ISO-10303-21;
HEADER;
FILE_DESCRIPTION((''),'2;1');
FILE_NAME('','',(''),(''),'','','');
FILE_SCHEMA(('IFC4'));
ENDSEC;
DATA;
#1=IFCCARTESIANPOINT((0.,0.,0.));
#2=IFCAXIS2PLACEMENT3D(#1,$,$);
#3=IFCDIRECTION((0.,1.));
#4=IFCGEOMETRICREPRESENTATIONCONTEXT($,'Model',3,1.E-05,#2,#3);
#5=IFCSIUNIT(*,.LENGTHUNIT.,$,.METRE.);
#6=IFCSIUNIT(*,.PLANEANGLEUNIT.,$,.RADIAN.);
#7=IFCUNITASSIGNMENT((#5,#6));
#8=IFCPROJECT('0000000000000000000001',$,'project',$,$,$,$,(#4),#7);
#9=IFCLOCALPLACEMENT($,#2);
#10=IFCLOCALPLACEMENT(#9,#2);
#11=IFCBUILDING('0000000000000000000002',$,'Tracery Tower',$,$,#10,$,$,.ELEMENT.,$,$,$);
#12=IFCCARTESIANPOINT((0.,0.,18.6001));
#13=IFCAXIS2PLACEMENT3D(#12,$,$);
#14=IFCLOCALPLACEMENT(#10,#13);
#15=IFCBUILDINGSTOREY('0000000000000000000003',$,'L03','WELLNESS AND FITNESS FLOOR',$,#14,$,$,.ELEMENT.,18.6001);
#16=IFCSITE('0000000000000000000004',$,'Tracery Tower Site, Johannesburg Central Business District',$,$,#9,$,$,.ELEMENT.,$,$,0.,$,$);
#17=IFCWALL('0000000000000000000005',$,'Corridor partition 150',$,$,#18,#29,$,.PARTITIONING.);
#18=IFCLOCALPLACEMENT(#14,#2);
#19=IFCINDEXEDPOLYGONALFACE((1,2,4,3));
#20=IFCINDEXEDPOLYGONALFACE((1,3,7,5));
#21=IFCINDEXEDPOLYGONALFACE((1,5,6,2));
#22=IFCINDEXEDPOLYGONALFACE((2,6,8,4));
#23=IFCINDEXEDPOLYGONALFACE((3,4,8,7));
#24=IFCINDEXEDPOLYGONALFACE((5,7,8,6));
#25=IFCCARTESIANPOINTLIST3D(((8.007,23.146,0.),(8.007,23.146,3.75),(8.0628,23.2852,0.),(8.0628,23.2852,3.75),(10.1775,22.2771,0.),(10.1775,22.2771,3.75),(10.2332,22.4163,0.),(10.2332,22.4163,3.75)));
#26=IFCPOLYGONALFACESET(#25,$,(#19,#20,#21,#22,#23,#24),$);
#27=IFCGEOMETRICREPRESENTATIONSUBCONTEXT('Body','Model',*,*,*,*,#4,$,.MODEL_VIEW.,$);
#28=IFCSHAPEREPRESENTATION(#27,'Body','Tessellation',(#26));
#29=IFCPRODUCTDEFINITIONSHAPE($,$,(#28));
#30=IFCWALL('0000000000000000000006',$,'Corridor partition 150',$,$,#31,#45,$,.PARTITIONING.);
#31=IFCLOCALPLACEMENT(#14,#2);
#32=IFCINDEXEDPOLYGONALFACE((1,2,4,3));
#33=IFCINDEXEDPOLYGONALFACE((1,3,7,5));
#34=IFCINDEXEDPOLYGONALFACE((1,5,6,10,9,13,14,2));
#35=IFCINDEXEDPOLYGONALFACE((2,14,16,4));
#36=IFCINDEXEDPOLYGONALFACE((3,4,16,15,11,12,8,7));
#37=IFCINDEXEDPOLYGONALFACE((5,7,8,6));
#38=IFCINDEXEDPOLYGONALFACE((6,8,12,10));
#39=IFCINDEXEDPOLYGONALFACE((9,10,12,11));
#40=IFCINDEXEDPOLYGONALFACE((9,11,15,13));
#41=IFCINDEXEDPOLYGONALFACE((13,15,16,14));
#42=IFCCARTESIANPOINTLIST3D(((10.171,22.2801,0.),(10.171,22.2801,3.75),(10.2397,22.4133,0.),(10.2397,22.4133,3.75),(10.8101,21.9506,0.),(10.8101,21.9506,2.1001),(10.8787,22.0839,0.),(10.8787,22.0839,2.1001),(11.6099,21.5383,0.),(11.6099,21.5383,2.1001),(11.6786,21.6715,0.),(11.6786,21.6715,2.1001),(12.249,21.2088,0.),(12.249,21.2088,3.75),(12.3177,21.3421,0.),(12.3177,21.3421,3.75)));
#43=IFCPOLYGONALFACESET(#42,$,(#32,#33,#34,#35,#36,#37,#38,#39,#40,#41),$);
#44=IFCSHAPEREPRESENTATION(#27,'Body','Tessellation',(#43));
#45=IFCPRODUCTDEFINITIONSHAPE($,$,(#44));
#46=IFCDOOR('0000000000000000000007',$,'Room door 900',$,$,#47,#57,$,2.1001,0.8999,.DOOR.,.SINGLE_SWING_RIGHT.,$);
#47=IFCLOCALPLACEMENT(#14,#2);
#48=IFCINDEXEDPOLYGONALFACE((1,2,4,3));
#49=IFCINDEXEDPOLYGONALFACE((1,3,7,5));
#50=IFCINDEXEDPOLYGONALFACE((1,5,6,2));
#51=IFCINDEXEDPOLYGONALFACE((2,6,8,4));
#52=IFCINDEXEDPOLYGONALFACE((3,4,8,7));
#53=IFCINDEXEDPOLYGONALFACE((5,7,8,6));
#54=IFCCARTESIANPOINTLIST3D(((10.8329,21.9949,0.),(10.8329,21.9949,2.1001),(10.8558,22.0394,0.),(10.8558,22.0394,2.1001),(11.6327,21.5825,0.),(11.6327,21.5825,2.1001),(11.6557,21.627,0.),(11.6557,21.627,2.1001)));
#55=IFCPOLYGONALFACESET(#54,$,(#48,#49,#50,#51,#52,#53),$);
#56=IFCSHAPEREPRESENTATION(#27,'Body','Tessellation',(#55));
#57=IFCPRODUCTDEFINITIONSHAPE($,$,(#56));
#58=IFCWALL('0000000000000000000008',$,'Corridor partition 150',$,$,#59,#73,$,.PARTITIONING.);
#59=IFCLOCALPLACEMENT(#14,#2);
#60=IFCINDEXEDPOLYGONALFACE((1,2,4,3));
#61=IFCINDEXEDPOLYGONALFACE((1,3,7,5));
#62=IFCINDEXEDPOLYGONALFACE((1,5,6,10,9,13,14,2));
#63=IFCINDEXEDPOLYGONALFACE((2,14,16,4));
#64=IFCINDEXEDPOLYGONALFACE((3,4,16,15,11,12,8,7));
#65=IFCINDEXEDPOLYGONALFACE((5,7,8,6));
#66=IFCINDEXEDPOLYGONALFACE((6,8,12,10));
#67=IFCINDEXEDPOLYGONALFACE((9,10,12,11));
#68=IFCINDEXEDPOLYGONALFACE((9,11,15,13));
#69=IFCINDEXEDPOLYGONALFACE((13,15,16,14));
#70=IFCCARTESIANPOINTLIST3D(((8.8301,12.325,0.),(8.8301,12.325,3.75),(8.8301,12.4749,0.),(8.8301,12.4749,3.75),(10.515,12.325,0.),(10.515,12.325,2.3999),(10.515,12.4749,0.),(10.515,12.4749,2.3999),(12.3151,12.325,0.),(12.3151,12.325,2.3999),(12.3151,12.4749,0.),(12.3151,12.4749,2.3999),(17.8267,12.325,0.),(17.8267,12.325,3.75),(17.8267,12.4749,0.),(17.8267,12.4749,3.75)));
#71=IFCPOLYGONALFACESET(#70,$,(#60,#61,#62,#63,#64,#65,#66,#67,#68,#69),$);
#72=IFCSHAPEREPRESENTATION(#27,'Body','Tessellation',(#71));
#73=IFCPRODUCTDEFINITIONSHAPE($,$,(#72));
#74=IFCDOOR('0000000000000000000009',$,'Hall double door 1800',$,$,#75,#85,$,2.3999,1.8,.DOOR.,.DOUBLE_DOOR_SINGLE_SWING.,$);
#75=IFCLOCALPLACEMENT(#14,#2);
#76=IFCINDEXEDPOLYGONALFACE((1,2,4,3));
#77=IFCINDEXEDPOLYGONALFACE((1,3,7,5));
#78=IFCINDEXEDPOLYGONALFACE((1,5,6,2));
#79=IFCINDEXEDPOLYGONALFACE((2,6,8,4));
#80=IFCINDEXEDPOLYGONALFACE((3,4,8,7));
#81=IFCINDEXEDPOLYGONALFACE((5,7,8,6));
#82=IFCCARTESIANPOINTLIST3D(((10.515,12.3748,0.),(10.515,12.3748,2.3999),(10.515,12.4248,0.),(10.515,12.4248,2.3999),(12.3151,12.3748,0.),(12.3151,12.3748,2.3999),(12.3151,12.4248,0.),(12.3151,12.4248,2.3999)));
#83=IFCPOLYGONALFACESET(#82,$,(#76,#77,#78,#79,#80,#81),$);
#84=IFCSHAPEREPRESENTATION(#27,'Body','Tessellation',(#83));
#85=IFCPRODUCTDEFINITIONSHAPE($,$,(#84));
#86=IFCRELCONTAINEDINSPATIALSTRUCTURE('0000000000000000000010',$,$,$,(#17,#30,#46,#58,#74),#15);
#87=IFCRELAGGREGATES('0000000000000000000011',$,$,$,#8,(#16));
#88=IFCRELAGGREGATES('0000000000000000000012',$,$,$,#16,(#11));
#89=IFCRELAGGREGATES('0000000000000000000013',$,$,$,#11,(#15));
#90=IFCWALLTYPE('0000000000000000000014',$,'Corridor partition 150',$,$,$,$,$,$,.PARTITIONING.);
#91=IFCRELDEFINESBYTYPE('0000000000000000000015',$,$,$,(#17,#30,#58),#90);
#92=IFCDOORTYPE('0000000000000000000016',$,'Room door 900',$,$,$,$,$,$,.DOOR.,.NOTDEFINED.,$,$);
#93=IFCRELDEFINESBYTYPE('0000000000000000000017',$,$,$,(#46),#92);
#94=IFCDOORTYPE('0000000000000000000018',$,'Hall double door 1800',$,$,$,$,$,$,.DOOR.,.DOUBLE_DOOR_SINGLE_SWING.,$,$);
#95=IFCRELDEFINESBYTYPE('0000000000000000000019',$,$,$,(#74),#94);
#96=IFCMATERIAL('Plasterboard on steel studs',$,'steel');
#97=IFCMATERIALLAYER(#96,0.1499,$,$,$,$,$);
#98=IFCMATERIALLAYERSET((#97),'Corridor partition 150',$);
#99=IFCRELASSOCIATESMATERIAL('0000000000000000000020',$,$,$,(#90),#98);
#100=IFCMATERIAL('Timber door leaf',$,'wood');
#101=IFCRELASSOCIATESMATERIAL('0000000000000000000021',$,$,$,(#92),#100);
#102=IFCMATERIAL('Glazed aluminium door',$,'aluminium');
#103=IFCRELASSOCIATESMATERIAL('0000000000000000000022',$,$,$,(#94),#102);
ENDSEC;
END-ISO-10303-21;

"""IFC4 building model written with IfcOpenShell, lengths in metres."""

from ifc_helpers import new_model, si_unit, direction, frame, frame_2d, origin, place, context, subcontext, project, spatial, rectangle, extrude, material, layer, layer_set, type_object, element, fill, save


model = new_model("IFC4")

# Units and contexts
model_context = context("Model", 3, precision=1e-05, world=origin(), true_north=direction((0.0, 1.0)))
body_context = subcontext(model_context, "Body", "Model", "MODEL_VIEW")
ifc_project = project(units=[si_unit("LENGTHUNIT", "METRE"), si_unit("PLANEANGLEUNIT", "RADIAN")], contexts=[model_context])

# Site, building, storey
site_placement = place(None, origin())
site = spatial("IfcSite", under=ifc_project, at=site_placement, Name="Tracery Tower Site, Johannesburg Central Business District", CompositionType="ELEMENT", RefElevation=0.0)
building_placement = place(site_placement, origin())
building = spatial("IfcBuilding", under=site, at=building_placement, Name="Tracery Tower", CompositionType="ELEMENT")
storey_placement = place(building_placement, frame((0.0, 0.0, 18.6001)))
storey = spatial("IfcBuildingStorey", under=building, at=storey_placement, Name="L03", Description="WELLNESS AND FITNESS FLOOR", CompositionType="ELEMENT", Elevation=18.6001)

# Shared definitions
ifc_material_1 = material(Name="Plasterboard on steel studs", Category="steel")
ifc_layer = layer(ifc_material_1, 0.1499)
ifc_layer_set = layer_set([ifc_layer], Name="Corridor partition 150")
wall_type = type_object("IfcWallType", Name="Corridor partition 150", PredefinedType="PARTITIONING", material=ifc_layer_set)
ifc_material_2 = material(Name="Timber door leaf", Category="wood")
door_type_1 = type_object("IfcDoorType", Name="Room door 900", OperationType="NOTDEFINED", PredefinedType="DOOR", material=ifc_material_2)

# Wall
wall_1_placement = place(storey_placement, frame((10.2053, 22.3467, 0.0), z_axis=(0.0, 0.0, 1.0), x_axis=(-0.928369, 0.371661, 0.0)))
element("IfcWall", 1, at=wall_1_placement, inside=storey, type_object=wall_type, Name="Corridor partition 150", PredefinedType="PARTITIONING", context=body_context, shape_type="SweptSolid", body=[
    extrude(rectangle(XDim=2.3379, YDim=0.1499, at=frame_2d((1.1689, 0.0))), origin(), (0.0, 0.0, 1.0), 3.75),
])

# Walls, openings, doors
wall_2_placement = place(storey_placement, frame((10.2053, 22.3467, 0.0), z_axis=(0.0, 0.0, 1.0), x_axis=(0.888846, -0.458207, 0.0)))
wall_2 = element("IfcWall", 2, at=wall_2_placement, inside=storey, type_object=wall_type, Name="Corridor partition 150", PredefinedType="PARTITIONING", context=body_context, shape_type="SweptSolid", body=[
    extrude(rectangle(XDim=2.3379, YDim=0.1499, at=frame_2d((1.1689, 0.0))), origin(), (0.0, 0.0, 1.0), 3.75),
])
opening_1_placement = place(wall_2_placement, frame((0.719, 0.0, 0.0)))
opening_1 = element("IfcOpeningElement", 3, at=opening_1_placement, cuts=wall_2, PredefinedType="OPENING", context=body_context, shape_type="SweptSolid", body=[
    extrude(rectangle(XDim=0.8999, YDim=2.1001, at=frame_2d((0.45, 1.05))), frame((0.0, 0.075, 0.0), z_axis=(0.0, -1.0, 0.0), x_axis=(1.0, 0.0, 0.0)), (0.0, 0.0, 1.0), 0.1499),
])
door_1_placement = place(opening_1_placement, origin())
door_1 = element("IfcDoor", 4, at=door_1_placement, inside=storey, type_object=door_type_1, Name="Room door 900", OperationType="SINGLE_SWING_RIGHT", OverallHeight=2.1001, OverallWidth=0.8999, PredefinedType="DOOR", context=body_context, shape_type="SweptSolid", body=[
    extrude(rectangle(XDim=0.8999, YDim=2.1001, at=frame_2d((0.45, 1.05))), frame((0.0, 0.0249, 0.0), z_axis=(0.0, -1.0, 0.0), x_axis=(1.0, 0.0, 0.0)), (0.0, 0.0, 1.0), 0.05),
])
fill(opening_1, door_1)
wall_3_placement = place(storey_placement, frame((8.8301, 12.3999, 0.0), z_axis=(0.0, 0.0, 1.0), x_axis=(1.0, 0.0, 0.0)))
wall_3 = element("IfcWall", 5, at=wall_3_placement, inside=storey, type_object=wall_type, Name="Corridor partition 150", PredefinedType="PARTITIONING", context=body_context, shape_type="SweptSolid", body=[
    extrude(rectangle(XDim=8.9966, YDim=0.1499, at=frame_2d((4.4983, 0.0))), origin(), (0.0, 0.0, 1.0), 3.75),
])
opening_2_placement = place(wall_3_placement, frame((1.6851, 0.0, 0.0)))
opening_2 = element("IfcOpeningElement", 6, at=opening_2_placement, cuts=wall_3, PredefinedType="OPENING", context=body_context, shape_type="SweptSolid", body=[
    extrude(rectangle(XDim=1.8, YDim=2.3999, at=frame_2d((0.8999, 1.2))), frame((0.0, 0.075, 0.0), z_axis=(0.0, -1.0, 0.0), x_axis=(1.0, 0.0, 0.0)), (0.0, 0.0, 1.0), 0.1499),
])
ifc_material_3 = material(Name="Glazed aluminium door", Category="aluminium")
door_type_2 = type_object("IfcDoorType", Name="Hall double door 1800", OperationType="DOUBLE_DOOR_SINGLE_SWING", PredefinedType="DOOR", material=ifc_material_3)
door_2_placement = place(opening_2_placement, origin())
door_2 = element("IfcDoor", 7, at=door_2_placement, inside=storey, type_object=door_type_2, Name="Hall double door 1800", OperationType="DOUBLE_DOOR_SINGLE_SWING", OverallHeight=2.3999, OverallWidth=1.8, PredefinedType="DOOR", context=body_context, shape_type="SweptSolid", body=[
    extrude(rectangle(XDim=1.8, YDim=2.3999, at=frame_2d((0.8999, 1.2))), frame((0.0, 0.0249, 0.0), z_axis=(0.0, -1.0, 0.0), x_axis=(1.0, 0.0, 0.0)), (0.0, 0.0, 1.0), 0.05),
])
fill(opening_2, door_2)

save(model, "model.ifc")
